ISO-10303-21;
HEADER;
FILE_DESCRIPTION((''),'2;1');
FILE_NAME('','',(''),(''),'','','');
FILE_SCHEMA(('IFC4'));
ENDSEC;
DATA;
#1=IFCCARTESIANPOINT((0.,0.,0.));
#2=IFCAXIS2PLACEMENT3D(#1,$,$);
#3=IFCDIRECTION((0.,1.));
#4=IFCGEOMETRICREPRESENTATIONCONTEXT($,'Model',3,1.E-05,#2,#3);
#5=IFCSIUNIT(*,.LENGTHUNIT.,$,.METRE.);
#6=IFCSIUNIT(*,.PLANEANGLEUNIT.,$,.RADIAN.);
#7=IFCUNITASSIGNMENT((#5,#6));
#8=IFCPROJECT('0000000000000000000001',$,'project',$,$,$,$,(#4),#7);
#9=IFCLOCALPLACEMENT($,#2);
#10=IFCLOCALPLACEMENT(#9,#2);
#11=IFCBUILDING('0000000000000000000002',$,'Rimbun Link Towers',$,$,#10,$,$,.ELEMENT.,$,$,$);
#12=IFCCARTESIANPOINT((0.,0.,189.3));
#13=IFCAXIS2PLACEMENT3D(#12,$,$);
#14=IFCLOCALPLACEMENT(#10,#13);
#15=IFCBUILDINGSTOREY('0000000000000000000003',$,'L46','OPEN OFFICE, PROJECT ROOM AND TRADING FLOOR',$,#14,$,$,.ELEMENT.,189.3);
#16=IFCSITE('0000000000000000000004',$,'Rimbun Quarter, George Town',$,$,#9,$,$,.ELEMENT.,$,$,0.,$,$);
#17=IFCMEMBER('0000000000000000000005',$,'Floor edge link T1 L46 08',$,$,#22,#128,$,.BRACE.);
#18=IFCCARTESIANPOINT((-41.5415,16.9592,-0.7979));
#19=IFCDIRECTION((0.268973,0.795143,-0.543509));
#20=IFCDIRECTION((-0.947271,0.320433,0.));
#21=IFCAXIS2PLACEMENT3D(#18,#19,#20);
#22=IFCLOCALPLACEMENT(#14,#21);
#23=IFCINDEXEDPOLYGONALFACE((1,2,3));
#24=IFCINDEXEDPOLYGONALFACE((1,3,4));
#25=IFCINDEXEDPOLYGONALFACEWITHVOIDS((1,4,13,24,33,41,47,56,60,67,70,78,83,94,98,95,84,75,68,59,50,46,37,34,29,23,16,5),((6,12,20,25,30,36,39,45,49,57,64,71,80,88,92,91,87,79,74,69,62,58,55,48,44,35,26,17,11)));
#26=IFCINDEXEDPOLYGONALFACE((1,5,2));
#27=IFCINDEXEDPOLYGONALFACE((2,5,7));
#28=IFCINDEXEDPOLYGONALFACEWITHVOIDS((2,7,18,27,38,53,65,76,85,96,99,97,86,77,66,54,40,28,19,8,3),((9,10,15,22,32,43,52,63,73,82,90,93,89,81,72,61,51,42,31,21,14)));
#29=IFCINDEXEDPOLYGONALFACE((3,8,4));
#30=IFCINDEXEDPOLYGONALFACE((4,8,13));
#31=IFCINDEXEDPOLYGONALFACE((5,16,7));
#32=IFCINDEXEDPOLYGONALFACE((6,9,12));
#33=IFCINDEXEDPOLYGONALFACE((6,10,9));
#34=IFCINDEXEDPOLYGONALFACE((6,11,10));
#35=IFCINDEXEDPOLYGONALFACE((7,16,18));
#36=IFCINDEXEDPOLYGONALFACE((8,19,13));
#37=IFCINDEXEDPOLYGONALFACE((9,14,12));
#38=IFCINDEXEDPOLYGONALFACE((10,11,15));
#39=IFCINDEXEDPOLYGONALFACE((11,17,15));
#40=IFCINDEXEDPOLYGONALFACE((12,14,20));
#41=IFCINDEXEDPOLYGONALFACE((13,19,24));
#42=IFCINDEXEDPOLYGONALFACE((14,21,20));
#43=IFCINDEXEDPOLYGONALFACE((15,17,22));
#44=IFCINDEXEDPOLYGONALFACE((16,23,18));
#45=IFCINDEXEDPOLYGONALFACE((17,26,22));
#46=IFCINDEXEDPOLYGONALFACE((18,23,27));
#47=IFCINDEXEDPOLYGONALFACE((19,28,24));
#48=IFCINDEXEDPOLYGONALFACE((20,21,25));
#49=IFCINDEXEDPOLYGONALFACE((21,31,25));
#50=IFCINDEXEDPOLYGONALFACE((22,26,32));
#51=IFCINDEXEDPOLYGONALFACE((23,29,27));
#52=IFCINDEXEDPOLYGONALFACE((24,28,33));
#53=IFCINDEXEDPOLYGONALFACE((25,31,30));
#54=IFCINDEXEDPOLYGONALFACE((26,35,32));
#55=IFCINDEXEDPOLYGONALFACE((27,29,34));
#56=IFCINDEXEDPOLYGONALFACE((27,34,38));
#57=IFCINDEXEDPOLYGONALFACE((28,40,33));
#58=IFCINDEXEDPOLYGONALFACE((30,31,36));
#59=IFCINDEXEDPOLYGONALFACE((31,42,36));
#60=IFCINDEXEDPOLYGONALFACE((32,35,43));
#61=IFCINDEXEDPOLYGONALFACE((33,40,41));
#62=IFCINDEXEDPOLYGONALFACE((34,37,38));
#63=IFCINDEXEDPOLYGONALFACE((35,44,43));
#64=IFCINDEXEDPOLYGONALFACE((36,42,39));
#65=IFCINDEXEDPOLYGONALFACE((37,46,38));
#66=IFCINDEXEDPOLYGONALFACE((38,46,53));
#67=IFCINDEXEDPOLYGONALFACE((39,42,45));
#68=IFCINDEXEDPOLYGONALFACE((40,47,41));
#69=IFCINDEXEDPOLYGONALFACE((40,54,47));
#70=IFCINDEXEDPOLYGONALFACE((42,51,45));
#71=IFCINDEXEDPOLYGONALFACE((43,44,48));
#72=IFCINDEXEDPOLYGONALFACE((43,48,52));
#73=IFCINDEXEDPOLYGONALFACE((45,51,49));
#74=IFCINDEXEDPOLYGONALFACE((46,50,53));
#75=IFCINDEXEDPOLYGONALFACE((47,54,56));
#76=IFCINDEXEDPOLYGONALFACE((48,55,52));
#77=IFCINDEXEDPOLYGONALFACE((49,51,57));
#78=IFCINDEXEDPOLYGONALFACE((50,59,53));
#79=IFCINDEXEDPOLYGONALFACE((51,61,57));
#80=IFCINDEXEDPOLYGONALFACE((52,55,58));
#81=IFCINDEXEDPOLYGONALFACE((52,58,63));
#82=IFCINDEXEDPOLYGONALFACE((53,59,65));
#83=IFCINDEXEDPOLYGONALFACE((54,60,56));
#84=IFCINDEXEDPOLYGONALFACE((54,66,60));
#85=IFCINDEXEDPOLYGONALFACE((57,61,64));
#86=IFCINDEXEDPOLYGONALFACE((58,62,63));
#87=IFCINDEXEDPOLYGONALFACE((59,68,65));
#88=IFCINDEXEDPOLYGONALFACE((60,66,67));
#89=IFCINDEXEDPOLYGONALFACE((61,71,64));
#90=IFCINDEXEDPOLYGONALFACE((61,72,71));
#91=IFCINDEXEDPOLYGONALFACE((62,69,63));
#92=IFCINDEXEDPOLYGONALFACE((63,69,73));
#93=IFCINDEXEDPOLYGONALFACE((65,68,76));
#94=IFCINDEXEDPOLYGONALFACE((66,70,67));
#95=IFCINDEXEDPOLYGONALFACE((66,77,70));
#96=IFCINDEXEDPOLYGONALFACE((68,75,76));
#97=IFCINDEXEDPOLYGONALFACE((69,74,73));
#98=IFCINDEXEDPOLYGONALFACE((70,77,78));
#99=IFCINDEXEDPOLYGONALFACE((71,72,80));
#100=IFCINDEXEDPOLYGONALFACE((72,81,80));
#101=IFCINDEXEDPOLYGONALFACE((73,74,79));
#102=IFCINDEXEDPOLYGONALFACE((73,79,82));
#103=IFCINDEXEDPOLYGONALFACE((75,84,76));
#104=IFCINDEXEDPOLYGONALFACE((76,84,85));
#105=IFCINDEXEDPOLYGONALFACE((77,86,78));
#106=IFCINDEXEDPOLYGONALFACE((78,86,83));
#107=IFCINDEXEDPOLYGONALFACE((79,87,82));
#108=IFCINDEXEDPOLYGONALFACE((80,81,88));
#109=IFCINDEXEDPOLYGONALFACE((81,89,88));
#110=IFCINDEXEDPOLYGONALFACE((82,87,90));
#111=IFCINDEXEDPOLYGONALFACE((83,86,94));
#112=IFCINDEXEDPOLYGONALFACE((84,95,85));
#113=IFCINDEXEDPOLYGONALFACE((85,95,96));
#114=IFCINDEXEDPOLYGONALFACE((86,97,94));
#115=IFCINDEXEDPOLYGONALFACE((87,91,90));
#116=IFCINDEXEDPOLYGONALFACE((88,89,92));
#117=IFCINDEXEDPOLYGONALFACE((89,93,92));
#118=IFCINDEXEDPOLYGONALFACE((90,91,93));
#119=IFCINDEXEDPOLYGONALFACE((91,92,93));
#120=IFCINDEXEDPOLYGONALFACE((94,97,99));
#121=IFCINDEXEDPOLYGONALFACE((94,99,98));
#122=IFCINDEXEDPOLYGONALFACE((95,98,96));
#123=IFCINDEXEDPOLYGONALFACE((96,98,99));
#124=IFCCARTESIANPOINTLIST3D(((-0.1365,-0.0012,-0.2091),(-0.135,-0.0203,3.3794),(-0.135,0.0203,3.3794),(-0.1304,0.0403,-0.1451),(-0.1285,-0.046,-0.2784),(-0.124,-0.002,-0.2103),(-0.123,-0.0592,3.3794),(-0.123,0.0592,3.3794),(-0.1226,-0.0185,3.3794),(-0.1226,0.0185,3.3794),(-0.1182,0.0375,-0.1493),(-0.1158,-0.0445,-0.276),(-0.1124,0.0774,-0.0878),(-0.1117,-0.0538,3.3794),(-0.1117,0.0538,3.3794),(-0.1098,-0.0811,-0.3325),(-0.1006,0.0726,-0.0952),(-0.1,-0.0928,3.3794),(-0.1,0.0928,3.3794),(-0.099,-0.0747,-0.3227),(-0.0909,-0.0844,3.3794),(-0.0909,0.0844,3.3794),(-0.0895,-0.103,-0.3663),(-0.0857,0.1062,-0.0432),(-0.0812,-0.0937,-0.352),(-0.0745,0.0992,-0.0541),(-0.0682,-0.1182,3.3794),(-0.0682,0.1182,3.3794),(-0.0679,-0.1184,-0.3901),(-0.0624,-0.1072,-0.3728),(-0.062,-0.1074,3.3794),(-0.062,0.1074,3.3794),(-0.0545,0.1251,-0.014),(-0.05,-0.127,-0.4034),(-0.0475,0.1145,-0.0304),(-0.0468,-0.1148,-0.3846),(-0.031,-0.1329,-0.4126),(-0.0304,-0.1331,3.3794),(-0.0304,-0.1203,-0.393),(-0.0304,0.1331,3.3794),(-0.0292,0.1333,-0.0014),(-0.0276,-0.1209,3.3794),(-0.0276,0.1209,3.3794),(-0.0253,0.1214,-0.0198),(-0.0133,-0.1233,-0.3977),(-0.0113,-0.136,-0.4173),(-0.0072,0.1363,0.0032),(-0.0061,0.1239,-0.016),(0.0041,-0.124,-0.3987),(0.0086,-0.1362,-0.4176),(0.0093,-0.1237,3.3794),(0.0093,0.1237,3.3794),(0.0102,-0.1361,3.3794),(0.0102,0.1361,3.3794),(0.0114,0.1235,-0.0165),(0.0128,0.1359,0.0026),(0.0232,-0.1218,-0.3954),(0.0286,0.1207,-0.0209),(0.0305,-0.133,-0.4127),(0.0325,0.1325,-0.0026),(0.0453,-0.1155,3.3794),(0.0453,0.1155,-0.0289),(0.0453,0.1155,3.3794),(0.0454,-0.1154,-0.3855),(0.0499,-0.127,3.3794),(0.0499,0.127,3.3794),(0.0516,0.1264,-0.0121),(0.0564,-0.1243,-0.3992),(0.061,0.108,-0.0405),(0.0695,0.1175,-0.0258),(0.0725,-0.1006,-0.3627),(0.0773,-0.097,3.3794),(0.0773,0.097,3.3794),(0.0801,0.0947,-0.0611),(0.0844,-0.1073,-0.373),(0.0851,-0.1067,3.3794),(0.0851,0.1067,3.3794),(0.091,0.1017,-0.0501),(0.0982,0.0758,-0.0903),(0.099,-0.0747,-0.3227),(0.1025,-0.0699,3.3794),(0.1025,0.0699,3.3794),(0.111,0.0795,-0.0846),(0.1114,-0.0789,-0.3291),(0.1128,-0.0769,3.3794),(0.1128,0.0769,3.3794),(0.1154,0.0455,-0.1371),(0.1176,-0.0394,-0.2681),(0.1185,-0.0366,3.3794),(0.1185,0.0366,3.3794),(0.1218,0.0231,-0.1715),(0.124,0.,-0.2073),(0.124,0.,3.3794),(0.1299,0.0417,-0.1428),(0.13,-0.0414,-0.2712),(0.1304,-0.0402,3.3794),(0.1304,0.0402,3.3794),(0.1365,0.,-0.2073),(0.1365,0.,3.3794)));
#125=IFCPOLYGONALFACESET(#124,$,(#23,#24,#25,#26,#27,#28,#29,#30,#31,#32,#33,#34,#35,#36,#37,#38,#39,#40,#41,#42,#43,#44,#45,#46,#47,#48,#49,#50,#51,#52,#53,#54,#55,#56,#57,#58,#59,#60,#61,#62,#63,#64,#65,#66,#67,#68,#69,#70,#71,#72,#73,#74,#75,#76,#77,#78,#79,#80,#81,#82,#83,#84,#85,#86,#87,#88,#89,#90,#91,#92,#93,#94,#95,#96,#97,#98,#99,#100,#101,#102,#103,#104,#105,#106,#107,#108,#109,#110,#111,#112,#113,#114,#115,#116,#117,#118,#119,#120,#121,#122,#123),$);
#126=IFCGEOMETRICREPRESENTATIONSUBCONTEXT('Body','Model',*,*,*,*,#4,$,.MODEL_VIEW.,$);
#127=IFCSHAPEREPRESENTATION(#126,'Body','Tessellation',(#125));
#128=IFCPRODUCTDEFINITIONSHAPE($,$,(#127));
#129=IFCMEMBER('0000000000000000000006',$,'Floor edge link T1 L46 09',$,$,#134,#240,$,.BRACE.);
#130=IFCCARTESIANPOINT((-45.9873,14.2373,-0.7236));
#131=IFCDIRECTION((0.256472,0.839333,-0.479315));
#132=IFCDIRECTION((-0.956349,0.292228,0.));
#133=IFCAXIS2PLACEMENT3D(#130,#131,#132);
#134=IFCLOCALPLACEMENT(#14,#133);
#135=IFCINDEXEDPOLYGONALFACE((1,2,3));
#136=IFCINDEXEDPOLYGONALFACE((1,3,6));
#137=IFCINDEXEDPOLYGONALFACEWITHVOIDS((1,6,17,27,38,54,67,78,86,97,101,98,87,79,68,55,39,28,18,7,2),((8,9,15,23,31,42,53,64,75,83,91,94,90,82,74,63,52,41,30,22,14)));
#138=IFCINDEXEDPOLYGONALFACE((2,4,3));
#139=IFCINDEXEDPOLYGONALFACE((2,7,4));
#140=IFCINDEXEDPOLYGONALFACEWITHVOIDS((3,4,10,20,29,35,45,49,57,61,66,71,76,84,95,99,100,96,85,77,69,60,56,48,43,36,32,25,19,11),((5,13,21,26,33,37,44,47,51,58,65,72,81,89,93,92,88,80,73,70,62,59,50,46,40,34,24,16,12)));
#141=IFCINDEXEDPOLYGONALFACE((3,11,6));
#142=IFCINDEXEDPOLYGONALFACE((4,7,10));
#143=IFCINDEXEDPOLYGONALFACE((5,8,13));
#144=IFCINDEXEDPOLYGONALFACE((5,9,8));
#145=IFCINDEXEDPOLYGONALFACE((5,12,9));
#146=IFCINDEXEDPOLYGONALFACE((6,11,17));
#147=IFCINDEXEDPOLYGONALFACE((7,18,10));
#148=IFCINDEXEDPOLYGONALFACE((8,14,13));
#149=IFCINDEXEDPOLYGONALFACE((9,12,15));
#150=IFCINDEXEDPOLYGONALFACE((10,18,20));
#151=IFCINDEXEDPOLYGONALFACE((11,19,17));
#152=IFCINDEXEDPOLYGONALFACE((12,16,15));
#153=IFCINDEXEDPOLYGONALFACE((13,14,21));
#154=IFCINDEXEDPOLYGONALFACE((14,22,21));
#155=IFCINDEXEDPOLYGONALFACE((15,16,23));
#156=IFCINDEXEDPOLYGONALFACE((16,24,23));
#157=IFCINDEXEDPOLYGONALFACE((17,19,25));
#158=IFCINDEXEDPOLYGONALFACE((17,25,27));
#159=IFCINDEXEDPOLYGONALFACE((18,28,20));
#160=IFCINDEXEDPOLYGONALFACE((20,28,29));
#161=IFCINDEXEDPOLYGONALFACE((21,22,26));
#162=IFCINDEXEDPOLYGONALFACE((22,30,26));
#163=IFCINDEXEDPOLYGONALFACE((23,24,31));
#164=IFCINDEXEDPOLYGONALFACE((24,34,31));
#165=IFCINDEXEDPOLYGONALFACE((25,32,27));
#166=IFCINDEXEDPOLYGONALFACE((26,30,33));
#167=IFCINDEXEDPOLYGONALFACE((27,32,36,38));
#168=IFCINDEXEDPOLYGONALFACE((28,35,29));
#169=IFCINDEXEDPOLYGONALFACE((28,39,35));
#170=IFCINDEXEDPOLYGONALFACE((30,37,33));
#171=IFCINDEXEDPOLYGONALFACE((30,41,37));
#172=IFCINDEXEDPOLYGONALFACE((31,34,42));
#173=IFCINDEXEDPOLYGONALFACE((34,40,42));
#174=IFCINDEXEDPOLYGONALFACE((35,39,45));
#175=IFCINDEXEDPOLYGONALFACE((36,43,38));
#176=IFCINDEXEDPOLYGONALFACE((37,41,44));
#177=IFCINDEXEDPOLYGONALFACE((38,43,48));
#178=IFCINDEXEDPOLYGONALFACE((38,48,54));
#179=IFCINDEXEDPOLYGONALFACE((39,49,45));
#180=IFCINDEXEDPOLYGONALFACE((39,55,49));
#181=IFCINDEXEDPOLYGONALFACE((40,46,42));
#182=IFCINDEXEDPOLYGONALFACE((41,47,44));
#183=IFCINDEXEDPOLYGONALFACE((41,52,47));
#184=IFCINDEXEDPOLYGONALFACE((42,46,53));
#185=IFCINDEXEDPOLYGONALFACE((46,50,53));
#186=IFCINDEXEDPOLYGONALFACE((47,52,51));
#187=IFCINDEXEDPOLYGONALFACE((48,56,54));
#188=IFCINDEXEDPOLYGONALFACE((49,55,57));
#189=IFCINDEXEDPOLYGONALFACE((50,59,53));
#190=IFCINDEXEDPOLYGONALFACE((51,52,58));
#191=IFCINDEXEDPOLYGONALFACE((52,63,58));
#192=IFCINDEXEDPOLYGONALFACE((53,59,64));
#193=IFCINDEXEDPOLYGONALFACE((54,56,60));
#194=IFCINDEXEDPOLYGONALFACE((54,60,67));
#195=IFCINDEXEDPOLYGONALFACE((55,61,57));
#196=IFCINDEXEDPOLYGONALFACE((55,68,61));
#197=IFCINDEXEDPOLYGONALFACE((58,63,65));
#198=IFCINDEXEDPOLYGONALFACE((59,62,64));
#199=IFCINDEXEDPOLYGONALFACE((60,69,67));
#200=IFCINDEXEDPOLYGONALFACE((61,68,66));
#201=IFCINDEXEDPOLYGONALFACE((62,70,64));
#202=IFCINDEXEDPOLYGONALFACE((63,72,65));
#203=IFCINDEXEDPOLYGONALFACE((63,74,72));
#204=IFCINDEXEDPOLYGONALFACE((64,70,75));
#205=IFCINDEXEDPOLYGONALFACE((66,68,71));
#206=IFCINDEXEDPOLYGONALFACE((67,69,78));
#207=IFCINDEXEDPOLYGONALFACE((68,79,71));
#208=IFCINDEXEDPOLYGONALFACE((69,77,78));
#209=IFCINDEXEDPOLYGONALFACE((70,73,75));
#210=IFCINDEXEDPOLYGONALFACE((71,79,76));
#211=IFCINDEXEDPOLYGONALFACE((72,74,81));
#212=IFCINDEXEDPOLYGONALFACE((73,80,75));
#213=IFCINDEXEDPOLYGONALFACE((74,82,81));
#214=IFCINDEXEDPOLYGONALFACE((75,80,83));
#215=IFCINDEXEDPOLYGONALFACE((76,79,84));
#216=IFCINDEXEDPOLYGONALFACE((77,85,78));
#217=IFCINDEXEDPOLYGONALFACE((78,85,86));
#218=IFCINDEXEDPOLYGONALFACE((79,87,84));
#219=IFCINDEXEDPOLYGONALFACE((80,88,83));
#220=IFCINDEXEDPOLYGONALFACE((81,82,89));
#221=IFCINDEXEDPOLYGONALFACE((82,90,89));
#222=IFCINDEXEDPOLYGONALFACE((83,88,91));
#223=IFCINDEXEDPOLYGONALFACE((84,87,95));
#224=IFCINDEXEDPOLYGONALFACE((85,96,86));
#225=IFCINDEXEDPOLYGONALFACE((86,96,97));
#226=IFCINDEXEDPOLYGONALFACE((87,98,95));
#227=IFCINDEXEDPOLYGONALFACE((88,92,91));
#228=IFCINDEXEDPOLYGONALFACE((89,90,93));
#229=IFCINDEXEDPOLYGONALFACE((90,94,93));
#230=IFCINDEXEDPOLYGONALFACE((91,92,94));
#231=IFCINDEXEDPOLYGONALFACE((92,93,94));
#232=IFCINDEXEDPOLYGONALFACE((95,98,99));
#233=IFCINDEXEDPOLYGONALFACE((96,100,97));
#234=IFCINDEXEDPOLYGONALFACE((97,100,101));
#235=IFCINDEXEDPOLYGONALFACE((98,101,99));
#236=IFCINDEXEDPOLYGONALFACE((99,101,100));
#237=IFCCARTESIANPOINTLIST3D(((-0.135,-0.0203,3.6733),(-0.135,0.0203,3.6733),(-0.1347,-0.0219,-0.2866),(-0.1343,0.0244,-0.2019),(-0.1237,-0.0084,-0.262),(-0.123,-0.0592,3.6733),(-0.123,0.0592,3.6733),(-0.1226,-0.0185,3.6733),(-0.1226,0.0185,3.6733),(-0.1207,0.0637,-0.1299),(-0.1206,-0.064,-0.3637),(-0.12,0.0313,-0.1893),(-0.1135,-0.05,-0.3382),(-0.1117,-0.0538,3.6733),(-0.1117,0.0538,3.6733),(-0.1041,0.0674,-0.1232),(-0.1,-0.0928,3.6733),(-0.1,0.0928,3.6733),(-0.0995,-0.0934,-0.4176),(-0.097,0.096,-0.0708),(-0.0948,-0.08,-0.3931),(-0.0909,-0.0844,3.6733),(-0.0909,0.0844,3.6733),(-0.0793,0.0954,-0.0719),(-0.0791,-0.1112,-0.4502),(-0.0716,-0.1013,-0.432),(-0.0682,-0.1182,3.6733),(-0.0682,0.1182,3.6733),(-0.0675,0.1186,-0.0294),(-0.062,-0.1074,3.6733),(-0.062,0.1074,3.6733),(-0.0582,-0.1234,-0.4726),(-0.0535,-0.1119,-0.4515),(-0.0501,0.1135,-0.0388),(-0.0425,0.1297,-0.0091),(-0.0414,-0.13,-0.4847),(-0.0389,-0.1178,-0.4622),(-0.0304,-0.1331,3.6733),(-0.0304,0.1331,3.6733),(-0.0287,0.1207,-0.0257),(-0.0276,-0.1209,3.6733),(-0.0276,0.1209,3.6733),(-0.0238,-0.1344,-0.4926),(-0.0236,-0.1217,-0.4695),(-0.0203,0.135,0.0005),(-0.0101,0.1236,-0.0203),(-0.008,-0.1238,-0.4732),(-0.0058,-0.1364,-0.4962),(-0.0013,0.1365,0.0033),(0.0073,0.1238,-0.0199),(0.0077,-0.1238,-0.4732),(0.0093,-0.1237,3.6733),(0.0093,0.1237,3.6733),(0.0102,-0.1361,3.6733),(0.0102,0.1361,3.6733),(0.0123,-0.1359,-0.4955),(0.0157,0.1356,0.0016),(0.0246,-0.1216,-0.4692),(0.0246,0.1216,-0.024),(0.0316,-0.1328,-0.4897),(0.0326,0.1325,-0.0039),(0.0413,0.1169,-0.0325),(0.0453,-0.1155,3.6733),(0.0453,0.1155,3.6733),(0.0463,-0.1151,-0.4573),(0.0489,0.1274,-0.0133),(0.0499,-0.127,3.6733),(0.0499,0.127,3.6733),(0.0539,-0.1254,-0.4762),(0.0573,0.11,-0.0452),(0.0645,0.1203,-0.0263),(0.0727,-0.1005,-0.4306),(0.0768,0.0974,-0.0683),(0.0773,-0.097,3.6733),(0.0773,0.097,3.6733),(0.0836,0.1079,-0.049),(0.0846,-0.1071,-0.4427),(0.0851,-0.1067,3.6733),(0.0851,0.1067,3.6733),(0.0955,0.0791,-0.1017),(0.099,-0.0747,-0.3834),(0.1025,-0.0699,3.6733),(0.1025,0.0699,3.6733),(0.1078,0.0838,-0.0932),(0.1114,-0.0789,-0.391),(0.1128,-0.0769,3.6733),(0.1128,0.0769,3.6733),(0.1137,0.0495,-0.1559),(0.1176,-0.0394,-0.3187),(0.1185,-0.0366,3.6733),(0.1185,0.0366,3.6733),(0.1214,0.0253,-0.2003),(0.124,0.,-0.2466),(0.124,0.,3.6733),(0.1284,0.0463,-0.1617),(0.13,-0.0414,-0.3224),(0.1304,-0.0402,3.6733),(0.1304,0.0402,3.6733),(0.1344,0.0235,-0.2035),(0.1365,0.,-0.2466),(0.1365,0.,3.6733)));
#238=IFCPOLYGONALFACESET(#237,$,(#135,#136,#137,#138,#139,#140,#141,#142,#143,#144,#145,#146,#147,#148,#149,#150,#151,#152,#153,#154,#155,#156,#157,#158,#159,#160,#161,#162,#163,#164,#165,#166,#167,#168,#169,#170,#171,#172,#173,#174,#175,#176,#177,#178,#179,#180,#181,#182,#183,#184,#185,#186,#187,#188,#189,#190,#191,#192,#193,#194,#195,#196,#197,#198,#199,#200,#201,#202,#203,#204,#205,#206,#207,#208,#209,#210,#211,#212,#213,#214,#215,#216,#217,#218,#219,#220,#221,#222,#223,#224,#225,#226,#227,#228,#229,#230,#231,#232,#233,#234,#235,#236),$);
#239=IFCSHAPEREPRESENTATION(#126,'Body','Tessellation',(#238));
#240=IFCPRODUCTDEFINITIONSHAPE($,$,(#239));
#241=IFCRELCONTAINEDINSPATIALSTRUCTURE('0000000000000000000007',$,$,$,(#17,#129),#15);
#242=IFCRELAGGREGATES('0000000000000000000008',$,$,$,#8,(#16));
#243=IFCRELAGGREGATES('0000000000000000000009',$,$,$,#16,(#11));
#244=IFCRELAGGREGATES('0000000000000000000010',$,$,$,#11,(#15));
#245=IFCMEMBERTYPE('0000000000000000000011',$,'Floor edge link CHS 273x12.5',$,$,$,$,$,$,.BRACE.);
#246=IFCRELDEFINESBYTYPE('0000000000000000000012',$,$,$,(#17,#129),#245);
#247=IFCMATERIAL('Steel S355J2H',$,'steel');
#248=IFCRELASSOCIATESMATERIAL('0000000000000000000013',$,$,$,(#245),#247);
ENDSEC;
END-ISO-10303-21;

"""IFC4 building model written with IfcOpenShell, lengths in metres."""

from ifc_helpers import new_model, si_unit, direction, frame, origin, origin_2d, place, context, subcontext, project, spatial, hollow_circle, extrude, clip, halfspace, material, material_profile, profile_set, type_object, element, save


model = new_model("IFC4")

# Units and contexts
model_context = context("Model", 3, precision=1e-05, world=origin(), true_north=direction((0.0, 1.0)))
body_context = subcontext(model_context, "Body", "Model", "MODEL_VIEW")
ifc_project = project(units=[si_unit("LENGTHUNIT", "METRE"), si_unit("PLANEANGLEUNIT", "RADIAN")], contexts=[model_context])

# Site, building, storey
site_placement = place(None, origin())
site = spatial("IfcSite", under=ifc_project, at=site_placement, Name="Rimbun Quarter, George Town", CompositionType="ELEMENT", RefElevation=0.0)
building_placement = place(site_placement, origin())
building = spatial("IfcBuilding", under=site, at=building_placement, Name="Rimbun Link Towers", CompositionType="ELEMENT")
storey_placement = place(building_placement, frame((0.0, 0.0, 189.3)))
storey = spatial("IfcBuildingStorey", under=building, at=storey_placement, Name="L46", Description="OPEN OFFICE, PROJECT ROOM AND TRADING FLOOR", CompositionType="ELEMENT", Elevation=189.3)

# Members
ifc_material_1 = material(Name="Steel S355J2H", Category="steel")
ifc_material_profile_1 = material_profile(ifc_material_1, hollow_circle(Radius=0.1365, WallThickness=0.0125, at=origin_2d()), Name="CHS 273x12.5")
ifc_profile_set_1 = profile_set([ifc_material_profile_1], Name="Steel S355J2H")
member_type_1 = type_object("IfcMemberType", Name="Floor edge link CHS 273x12.5", PredefinedType="BRACE", material=ifc_profile_set_1)
member_1_placement = place(storey_placement, frame((-41.5415, 16.9592, -0.7979), z_axis=(0.268973, 0.795143, -0.543509), x_axis=(-0.947271, 0.320433, 0.0)))
element("IfcMember", 1, at=member_1_placement, inside=storey, type_object=member_type_1, Name="Floor edge link T1 L46 08", PredefinedType="BRACE", context=body_context, shape_type="Clipping", body=[
    clip(extrude(hollow_circle(Radius=0.1365, WallThickness=0.0125, at=origin_2d()), frame((0.0, 0.0, -0.4399)), (0.0, 0.0, 1.0), 3.8193), halfspace(frame((0.0, 0.0, -0.2073), z_axis=(0.0, 0.839403, -0.543509)), False)),
])
member_2_placement = place(storey_placement, frame((-45.9873, 14.2373, -0.7236), z_axis=(0.256472, 0.839333, -0.479315), x_axis=(-0.956349, 0.292228, 0.0)))
element("IfcMember", 2, at=member_2_placement, inside=storey, type_object=member_type_1, Name="Floor edge link T1 L46 09", PredefinedType="BRACE", context=body_context, shape_type="Clipping", body=[
    clip(extrude(hollow_circle(Radius=0.1365, WallThickness=0.0125, at=origin_2d()), frame((0.0, 0.0, -0.5208)), (0.0, 0.0, 1.0), 4.1941), halfspace(frame((0.0, 0.0, -0.2466), z_axis=(0.0, 0.877643, -0.479315)), False)),
])

save(model, "model.ifc")
